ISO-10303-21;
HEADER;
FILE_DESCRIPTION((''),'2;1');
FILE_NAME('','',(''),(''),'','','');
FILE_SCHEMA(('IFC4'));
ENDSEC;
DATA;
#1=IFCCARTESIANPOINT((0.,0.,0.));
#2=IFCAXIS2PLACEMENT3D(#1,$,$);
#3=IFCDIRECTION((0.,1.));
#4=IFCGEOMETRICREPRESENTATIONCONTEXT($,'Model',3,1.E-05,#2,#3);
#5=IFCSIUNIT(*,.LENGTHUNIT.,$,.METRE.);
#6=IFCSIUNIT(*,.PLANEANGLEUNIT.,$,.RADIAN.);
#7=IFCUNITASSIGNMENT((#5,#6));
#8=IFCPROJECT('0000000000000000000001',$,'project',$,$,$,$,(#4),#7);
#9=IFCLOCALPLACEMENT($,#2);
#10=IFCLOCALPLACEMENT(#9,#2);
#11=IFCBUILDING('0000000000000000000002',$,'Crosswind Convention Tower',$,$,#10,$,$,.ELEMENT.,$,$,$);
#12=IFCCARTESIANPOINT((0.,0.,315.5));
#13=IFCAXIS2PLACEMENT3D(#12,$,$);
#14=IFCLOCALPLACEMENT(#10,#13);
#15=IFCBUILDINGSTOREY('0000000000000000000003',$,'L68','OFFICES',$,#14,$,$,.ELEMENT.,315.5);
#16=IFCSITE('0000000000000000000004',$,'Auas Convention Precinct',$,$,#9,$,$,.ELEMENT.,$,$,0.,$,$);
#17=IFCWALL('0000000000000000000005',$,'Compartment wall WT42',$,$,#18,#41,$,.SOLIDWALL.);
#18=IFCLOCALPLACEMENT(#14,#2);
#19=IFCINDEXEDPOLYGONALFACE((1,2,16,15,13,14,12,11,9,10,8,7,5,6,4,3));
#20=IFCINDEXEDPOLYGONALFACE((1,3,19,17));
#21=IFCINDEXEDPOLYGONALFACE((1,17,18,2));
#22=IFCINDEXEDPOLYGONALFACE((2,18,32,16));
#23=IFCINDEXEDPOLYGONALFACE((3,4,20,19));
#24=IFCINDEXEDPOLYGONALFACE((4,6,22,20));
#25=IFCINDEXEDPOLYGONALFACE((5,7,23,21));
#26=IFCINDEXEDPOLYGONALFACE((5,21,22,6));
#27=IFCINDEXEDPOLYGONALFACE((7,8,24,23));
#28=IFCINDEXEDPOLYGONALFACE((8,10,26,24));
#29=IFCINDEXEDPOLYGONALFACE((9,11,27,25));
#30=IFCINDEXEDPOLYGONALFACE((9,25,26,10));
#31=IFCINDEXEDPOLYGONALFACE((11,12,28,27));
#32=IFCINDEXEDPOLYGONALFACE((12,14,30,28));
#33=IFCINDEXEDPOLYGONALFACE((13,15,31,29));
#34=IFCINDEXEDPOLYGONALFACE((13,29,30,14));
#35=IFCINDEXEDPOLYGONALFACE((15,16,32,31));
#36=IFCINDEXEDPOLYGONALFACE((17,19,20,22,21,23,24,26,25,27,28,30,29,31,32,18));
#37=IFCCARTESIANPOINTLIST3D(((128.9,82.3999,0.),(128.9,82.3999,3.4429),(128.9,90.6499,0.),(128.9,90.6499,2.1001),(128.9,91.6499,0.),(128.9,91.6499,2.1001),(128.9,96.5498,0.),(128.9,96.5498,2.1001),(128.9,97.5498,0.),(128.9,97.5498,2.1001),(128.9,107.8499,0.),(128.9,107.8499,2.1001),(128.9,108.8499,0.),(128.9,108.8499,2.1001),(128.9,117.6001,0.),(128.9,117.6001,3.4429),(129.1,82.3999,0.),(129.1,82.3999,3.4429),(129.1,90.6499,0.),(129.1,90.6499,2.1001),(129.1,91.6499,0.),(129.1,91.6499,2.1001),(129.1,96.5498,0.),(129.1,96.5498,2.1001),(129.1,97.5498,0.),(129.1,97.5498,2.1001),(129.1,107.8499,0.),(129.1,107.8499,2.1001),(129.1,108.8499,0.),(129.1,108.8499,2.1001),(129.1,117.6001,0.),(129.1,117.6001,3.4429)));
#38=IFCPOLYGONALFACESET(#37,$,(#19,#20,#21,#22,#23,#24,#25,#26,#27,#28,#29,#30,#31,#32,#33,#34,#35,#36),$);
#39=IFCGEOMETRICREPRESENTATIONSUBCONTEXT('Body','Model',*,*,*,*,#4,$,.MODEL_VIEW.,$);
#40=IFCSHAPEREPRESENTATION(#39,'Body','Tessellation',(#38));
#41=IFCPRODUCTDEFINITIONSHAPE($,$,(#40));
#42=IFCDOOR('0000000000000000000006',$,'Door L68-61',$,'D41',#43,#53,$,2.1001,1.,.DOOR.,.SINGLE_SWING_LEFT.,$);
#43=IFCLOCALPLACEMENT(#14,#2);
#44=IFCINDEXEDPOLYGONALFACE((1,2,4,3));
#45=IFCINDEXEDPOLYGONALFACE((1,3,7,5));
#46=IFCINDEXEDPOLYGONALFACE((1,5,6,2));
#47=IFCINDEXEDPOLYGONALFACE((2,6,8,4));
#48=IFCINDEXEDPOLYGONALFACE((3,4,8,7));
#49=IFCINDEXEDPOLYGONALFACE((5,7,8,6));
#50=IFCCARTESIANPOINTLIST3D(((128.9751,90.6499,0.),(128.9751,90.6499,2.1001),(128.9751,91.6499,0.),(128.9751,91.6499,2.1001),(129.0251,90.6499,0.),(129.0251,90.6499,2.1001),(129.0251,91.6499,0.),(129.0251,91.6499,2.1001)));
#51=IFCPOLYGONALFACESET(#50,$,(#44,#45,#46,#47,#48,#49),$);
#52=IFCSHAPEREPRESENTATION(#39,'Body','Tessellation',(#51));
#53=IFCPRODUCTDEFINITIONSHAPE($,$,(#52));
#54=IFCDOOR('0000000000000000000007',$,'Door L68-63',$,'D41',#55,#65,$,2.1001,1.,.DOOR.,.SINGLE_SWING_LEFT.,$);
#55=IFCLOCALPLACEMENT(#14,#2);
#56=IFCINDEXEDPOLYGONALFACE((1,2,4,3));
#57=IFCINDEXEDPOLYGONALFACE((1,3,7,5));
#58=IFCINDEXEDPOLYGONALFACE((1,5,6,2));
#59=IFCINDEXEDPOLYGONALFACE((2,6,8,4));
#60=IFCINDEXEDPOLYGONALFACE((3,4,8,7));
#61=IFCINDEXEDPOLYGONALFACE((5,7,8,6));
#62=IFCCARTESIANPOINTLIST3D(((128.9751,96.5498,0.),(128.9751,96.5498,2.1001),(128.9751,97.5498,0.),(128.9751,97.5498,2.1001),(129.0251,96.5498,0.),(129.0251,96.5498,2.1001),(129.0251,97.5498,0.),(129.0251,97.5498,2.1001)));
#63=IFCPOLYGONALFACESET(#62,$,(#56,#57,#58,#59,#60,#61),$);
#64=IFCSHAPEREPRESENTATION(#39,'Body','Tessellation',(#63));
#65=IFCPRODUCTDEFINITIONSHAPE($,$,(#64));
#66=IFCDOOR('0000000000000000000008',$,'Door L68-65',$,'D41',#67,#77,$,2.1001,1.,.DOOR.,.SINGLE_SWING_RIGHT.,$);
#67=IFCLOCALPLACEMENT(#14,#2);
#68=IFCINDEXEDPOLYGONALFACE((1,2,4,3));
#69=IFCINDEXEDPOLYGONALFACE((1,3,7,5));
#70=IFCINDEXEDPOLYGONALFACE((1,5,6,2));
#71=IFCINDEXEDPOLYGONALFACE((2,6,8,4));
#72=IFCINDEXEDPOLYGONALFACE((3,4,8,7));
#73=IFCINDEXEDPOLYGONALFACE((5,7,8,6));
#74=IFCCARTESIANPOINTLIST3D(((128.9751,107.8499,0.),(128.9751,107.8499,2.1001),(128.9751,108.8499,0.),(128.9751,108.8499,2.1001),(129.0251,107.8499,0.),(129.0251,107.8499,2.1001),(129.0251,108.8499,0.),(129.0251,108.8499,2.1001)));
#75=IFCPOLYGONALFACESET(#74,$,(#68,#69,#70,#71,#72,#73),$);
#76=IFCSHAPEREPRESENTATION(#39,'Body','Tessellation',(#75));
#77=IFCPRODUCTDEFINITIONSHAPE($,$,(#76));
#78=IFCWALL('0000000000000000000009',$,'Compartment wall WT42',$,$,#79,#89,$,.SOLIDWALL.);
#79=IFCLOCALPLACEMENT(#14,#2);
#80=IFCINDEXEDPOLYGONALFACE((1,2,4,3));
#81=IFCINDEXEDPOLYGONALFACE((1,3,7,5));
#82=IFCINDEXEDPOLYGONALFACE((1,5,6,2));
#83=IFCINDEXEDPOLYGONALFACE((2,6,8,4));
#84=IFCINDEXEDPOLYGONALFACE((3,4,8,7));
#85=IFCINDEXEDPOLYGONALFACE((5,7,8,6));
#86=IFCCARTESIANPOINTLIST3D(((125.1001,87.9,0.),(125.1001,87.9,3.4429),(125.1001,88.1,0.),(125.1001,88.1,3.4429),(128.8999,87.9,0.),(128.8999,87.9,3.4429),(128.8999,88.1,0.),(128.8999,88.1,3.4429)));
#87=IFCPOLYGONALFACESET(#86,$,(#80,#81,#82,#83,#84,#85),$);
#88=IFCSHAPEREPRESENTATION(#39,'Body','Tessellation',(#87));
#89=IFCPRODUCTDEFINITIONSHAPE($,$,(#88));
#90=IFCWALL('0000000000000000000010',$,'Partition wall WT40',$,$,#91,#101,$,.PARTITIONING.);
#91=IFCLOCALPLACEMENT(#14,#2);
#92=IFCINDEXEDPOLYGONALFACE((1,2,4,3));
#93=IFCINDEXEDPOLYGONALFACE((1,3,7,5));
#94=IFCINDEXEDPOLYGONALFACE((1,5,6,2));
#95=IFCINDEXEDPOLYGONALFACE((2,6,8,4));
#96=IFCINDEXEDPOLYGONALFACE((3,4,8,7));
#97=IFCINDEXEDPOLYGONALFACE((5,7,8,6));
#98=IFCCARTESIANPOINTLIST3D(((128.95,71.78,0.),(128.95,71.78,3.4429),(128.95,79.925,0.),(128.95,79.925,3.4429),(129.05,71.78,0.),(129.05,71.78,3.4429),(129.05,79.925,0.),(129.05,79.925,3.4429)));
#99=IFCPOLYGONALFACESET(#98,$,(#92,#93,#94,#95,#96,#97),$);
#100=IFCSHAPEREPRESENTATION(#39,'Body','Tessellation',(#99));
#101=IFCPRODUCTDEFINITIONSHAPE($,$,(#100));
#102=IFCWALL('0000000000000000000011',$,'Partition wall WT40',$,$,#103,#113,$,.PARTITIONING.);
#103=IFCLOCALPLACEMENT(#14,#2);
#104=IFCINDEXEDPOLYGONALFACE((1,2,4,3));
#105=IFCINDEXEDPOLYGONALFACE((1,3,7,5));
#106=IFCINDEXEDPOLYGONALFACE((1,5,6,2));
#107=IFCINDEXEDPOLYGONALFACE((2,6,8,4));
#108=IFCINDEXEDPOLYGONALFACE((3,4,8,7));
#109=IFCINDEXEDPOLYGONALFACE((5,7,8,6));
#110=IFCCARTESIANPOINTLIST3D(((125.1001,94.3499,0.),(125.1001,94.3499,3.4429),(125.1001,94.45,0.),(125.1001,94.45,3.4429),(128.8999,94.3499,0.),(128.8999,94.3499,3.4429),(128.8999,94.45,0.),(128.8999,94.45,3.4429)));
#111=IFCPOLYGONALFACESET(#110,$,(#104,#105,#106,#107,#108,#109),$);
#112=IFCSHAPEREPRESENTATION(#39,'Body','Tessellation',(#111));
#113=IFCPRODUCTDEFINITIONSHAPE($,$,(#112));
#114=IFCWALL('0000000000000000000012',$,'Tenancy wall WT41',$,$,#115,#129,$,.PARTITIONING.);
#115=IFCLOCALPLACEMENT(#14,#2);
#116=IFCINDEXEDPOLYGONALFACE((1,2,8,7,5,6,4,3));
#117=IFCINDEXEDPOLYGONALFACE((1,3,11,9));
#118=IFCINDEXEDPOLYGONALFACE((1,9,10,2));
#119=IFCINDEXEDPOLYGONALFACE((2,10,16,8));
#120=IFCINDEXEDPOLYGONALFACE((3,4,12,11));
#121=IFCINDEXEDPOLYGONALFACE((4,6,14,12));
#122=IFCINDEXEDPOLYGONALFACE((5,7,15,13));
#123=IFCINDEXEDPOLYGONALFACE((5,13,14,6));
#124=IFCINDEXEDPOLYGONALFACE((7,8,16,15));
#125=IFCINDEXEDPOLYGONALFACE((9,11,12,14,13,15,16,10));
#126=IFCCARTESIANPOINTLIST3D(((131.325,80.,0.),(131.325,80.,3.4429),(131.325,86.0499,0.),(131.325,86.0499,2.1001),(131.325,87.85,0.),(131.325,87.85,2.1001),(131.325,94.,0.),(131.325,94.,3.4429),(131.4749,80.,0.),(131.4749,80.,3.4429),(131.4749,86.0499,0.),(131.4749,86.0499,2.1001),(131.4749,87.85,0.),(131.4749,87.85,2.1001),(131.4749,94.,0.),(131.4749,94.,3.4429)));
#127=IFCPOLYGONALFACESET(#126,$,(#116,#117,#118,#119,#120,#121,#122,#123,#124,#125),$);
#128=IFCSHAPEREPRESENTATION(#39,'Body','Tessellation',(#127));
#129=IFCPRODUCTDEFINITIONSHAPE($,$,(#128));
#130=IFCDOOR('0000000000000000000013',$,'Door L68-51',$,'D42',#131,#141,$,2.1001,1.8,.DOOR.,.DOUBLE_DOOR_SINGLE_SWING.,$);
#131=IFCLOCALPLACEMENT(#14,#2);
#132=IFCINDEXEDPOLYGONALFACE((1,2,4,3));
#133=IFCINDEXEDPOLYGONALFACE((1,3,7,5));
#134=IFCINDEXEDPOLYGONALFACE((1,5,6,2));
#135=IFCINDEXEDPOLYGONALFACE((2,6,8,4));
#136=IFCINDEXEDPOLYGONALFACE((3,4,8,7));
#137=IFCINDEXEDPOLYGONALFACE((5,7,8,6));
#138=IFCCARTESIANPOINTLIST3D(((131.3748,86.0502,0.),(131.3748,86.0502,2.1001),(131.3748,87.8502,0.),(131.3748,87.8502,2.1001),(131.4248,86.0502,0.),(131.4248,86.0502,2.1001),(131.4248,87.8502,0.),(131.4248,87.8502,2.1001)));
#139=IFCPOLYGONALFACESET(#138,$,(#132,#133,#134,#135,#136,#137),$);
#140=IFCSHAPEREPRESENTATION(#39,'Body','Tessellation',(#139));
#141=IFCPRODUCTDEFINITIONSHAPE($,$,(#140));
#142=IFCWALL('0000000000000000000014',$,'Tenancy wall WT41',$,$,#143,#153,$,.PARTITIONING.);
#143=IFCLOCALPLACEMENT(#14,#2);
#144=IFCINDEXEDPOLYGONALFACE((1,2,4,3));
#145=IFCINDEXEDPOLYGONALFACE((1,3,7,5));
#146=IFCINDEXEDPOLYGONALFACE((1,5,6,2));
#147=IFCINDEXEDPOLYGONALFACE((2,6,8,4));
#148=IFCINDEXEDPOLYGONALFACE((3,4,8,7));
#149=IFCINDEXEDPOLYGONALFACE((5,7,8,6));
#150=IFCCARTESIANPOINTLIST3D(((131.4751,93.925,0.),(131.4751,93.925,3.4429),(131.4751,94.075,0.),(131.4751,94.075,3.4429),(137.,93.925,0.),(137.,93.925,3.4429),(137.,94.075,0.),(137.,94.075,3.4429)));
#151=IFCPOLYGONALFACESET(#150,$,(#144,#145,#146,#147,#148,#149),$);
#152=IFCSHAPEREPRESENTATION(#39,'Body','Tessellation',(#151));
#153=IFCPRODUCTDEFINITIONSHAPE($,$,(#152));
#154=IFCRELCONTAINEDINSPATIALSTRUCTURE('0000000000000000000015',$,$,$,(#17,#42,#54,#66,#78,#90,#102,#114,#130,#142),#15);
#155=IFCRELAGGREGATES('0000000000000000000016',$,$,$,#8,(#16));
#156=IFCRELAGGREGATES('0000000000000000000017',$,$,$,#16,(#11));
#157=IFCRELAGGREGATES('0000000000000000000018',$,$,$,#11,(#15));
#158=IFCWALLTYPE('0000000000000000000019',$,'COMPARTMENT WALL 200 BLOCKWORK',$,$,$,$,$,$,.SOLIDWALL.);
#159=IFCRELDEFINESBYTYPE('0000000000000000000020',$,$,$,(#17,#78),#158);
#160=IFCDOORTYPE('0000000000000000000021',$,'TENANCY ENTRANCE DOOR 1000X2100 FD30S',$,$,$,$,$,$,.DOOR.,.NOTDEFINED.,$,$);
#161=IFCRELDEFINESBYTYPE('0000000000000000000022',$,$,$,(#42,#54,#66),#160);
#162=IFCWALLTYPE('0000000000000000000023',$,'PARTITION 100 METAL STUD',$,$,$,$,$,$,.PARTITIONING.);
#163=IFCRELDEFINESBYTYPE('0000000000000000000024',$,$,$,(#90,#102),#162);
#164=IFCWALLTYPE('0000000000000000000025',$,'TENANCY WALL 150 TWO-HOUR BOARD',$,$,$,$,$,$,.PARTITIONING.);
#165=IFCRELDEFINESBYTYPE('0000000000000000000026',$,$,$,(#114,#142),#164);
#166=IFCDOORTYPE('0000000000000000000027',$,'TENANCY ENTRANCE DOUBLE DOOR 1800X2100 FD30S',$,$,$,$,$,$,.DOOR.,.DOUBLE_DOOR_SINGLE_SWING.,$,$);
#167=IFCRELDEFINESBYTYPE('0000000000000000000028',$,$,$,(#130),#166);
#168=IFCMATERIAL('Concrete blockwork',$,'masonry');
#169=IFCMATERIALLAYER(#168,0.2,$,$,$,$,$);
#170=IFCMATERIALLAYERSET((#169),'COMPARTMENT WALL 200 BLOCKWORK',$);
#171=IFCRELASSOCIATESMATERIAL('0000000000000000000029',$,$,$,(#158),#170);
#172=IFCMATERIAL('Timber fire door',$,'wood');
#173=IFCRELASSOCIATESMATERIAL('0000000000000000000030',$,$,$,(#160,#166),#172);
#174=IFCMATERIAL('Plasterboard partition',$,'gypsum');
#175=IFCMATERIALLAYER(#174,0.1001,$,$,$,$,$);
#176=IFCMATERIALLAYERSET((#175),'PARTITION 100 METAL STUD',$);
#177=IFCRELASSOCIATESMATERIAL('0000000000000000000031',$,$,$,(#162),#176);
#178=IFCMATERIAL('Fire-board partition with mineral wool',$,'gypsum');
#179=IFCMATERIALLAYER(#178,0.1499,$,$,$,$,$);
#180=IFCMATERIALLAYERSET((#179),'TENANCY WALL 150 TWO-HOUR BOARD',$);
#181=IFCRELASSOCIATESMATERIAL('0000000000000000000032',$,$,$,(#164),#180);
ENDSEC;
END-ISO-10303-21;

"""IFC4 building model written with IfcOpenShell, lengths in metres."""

from ifc_helpers import new_model, si_unit, direction, frame, frame_2d, origin, place, context, subcontext, project, spatial, rectangle, extrude, material, layer, layer_set, type_object, element, fill, save


model = new_model("IFC4")

# Units and contexts
model_context = context("Model", 3, precision=1e-05, world=origin(), true_north=direction((0.0, 1.0)))
body_context = subcontext(model_context, "Body", "Model", "MODEL_VIEW")
ifc_project = project(units=[si_unit("LENGTHUNIT", "METRE"), si_unit("PLANEANGLEUNIT", "RADIAN")], contexts=[model_context])

# Site, building, storey
site_placement = place(None, origin())
site = spatial("IfcSite", under=ifc_project, at=site_placement, Name="Auas Convention Precinct", CompositionType="ELEMENT", RefElevation=0.0)
building_placement = place(site_placement, origin())
building = spatial("IfcBuilding", under=site, at=building_placement, Name="Crosswind Convention Tower", CompositionType="ELEMENT")
storey_placement = place(building_placement, frame((0.0, 0.0, 315.5)))
storey = spatial("IfcBuildingStorey", under=building, at=storey_placement, Name="L68", Description="OFFICES", CompositionType="ELEMENT", Elevation=315.5)

# Shared definitions
ifc_material_1 = material(Name="Concrete blockwork", Category="masonry")
ifc_layer_1 = layer(ifc_material_1, 0.2)
ifc_layer_set_1 = layer_set([ifc_layer_1], Name="COMPARTMENT WALL 200 BLOCKWORK")
wall_type_1 = type_object("IfcWallType", Name="COMPARTMENT WALL 200 BLOCKWORK", PredefinedType="SOLIDWALL", material=ifc_layer_set_1)

# Wall, openings, doors
wall_1_placement = place(storey_placement, frame((129.0, 82.3999, 0.0), z_axis=(0.0, 0.0, 1.0), x_axis=(0.0, 1.0, 0.0)))
wall_1 = element("IfcWall", 1, at=wall_1_placement, inside=storey, type_object=wall_type_1, Name="Compartment wall WT42", PredefinedType="SOLIDWALL", context=body_context, shape_type="SweptSolid", body=[
    extrude(rectangle(XDim=35.2002, YDim=0.2, at=frame_2d((17.6001, 0.0))), origin(), (0.0, 0.0, 1.0), 3.4429),
])
opening_1_placement = place(wall_1_placement, frame((8.25, 0.0, 0.0)))
opening_1 = element("IfcOpeningElement", 2, at=opening_1_placement, cuts=wall_1, PredefinedType="OPENING", context=body_context, shape_type="SweptSolid", body=[
    extrude(rectangle(XDim=1.0, YDim=2.1001, at=frame_2d((0.5, 1.05))), frame((0.0, 0.1099, 0.0), z_axis=(0.0, -1.0, 0.0), x_axis=(1.0, 0.0, 0.0)), (0.0, 0.0, 1.0), 0.22),
])
opening_2_placement = place(wall_1_placement, frame((14.1499, 0.0, 0.0)))
opening_2 = element("IfcOpeningElement", 3, at=opening_2_placement, cuts=wall_1, PredefinedType="OPENING", context=body_context, shape_type="SweptSolid", body=[
    extrude(rectangle(XDim=1.0, YDim=2.1001, at=frame_2d((0.5, 1.05))), frame((0.0, 0.1099, 0.0), z_axis=(0.0, -1.0, 0.0), x_axis=(1.0, 0.0, 0.0)), (0.0, 0.0, 1.0), 0.22),
])
opening_3_placement = place(wall_1_placement, frame((25.45, 0.0, 0.0)))
opening_3 = element("IfcOpeningElement", 4, at=opening_3_placement, cuts=wall_1, PredefinedType="OPENING", context=body_context, shape_type="SweptSolid", body=[
    extrude(rectangle(XDim=1.0, YDim=2.1001, at=frame_2d((0.5, 1.05))), frame((0.0, 0.1099, 0.0), z_axis=(0.0, -1.0, 0.0), x_axis=(1.0, 0.0, 0.0)), (0.0, 0.0, 1.0), 0.22),
])
ifc_material_2 = material(Name="Timber fire door", Category="wood")
door_type_1 = type_object("IfcDoorType", Name="TENANCY ENTRANCE DOOR 1000X2100 FD30S", OperationType="NOTDEFINED", PredefinedType="DOOR", material=ifc_material_2)
door_1_placement = place(opening_1_placement, origin())
door_1 = element("IfcDoor", 5, at=door_1_placement, inside=storey, type_object=door_type_1, Name="Door L68-61", ObjectType="D41", OperationType="SINGLE_SWING_LEFT", OverallHeight=2.1001, OverallWidth=1.0, PredefinedType="DOOR", context=body_context, shape_type="SweptSolid", body=[
    extrude(rectangle(XDim=1.0, YDim=2.1001, at=frame_2d((0.5, 1.05))), frame((0.0, 0.0249, 0.0), z_axis=(0.0, -1.0, 0.0), x_axis=(1.0, 0.0, 0.0)), (0.0, 0.0, 1.0), 0.05),
])
fill(opening_1, door_1)
door_2_placement = place(opening_2_placement, origin())
door_2 = element("IfcDoor", 6, at=door_2_placement, inside=storey, type_object=door_type_1, Name="Door L68-63", ObjectType="D41", OperationType="SINGLE_SWING_LEFT", OverallHeight=2.1001, OverallWidth=1.0, PredefinedType="DOOR", context=body_context, shape_type="SweptSolid", body=[
    extrude(rectangle(XDim=1.0, YDim=2.1001, at=frame_2d((0.5, 1.05))), frame((0.0, 0.0249, 0.0), z_axis=(0.0, -1.0, 0.0), x_axis=(1.0, 0.0, 0.0)), (0.0, 0.0, 1.0), 0.05),
])
fill(opening_2, door_2)
door_3_placement = place(opening_3_placement, origin())
door_3 = element("IfcDoor", 7, at=door_3_placement, inside=storey, type_object=door_type_1, Name="Door L68-65", ObjectType="D41", OperationType="SINGLE_SWING_RIGHT", OverallHeight=2.1001, OverallWidth=1.0, PredefinedType="DOOR", context=body_context, shape_type="SweptSolid", body=[
    extrude(rectangle(XDim=1.0, YDim=2.1001, at=frame_2d((0.5, 1.05))), frame((0.0, 0.0249, 0.0), z_axis=(0.0, -1.0, 0.0), x_axis=(1.0, 0.0, 0.0)), (0.0, 0.0, 1.0), 0.05),
])
fill(opening_3, door_3)

# Walls
wall_2_placement = place(storey_placement, frame((125.1001, 88.0, 0.0), z_axis=(0.0, 0.0, 1.0), x_axis=(1.0, 0.0, 0.0)))
element("IfcWall", 8, at=wall_2_placement, inside=storey, type_object=wall_type_1, Name="Compartment wall WT42", PredefinedType="SOLIDWALL", context=body_context, shape_type="SweptSolid", body=[
    extrude(rectangle(XDim=3.7998, YDim=0.2, at=frame_2d((1.8999, 0.0))), origin(), (0.0, 0.0, 1.0), 3.4429),
])
ifc_material_3 = material(Name="Plasterboard partition", Category="gypsum")
ifc_layer_2 = layer(ifc_material_3, 0.1001)
ifc_layer_set_2 = layer_set([ifc_layer_2], Name="PARTITION 100 METAL STUD")
wall_type_2 = type_object("IfcWallType", Name="PARTITION 100 METAL STUD", PredefinedType="PARTITIONING", material=ifc_layer_set_2)
wall_3_placement = place(storey_placement, frame((129.0, 71.78, 0.0), z_axis=(0.0, 0.0, 1.0), x_axis=(0.0, 1.0, 0.0)))
element("IfcWall", 9, at=wall_3_placement, inside=storey, type_object=wall_type_2, Name="Partition wall WT40", PredefinedType="PARTITIONING", context=body_context, shape_type="SweptSolid", body=[
    extrude(rectangle(XDim=8.145, YDim=0.1001, at=frame_2d((4.0725, 0.0))), origin(), (0.0, 0.0, 1.0), 3.4429),
])
wall_4_placement = place(storey_placement, frame((125.1001, 94.3999, 0.0), z_axis=(0.0, 0.0, 1.0), x_axis=(1.0, 0.0, 0.0)))
element("IfcWall", 10, at=wall_4_placement, inside=storey, type_object=wall_type_2, Name="Partition wall WT40", PredefinedType="PARTITIONING", context=body_context, shape_type="SweptSolid", body=[
    extrude(rectangle(XDim=3.7998, YDim=0.1001, at=frame_2d((1.8999, 0.0))), origin(), (0.0, 0.0, 1.0), 3.4429),
])

# Wall, opening, door
ifc_material_4 = material(Name="Fire-board partition with mineral wool", Category="gypsum")
ifc_layer_3 = layer(ifc_material_4, 0.1499)
ifc_layer_set_3 = layer_set([ifc_layer_3], Name="TENANCY WALL 150 TWO-HOUR BOARD")
wall_type_3 = type_object("IfcWallType", Name="TENANCY WALL 150 TWO-HOUR BOARD", PredefinedType="PARTITIONING", material=ifc_layer_set_3)
wall_5_placement = place(storey_placement, frame((131.3999, 80.0, 0.0), z_axis=(0.0, 0.0, 1.0), x_axis=(0.0, 1.0, 0.0)))
wall_5 = element("IfcWall", 11, at=wall_5_placement, inside=storey, type_object=wall_type_3, Name="Tenancy wall WT41", PredefinedType="PARTITIONING", context=body_context, shape_type="SweptSolid", body=[
    extrude(rectangle(XDim=14.0, YDim=0.1499, at=frame_2d((7.0, 0.0))), origin(), (0.0, 0.0, 1.0), 3.4429),
])
opening_4_placement = place(wall_5_placement, frame((6.05, 0.0, 0.0)))
opening_4 = element("IfcOpeningElement", 12, at=opening_4_placement, cuts=wall_5, PredefinedType="OPENING", context=body_context, shape_type="SweptSolid", body=[
    extrude(rectangle(XDim=1.8, YDim=2.1001, at=frame_2d((0.8999, 1.05))), frame((0.0, 0.085, 0.0), z_axis=(0.0, -1.0, 0.0), x_axis=(1.0, 0.0, 0.0)), (0.0, 0.0, 1.0), 0.1699),
])
door_type_2 = type_object("IfcDoorType", Name="TENANCY ENTRANCE DOUBLE DOOR 1800X2100 FD30S", OperationType="DOUBLE_DOOR_SINGLE_SWING", PredefinedType="DOOR", material=ifc_material_2)
door_4_placement = place(opening_4_placement, frame((1.8, 0.0, 0.0), z_axis=(0.0, 0.0, 1.0), x_axis=(-1.0, 0.0, 0.0)))
door_4 = element("IfcDoor", 13, at=door_4_placement, inside=storey, type_object=door_type_2, Name="Door L68-51", ObjectType="D42", OperationType="DOUBLE_DOOR_SINGLE_SWING", OverallHeight=2.1001, OverallWidth=1.8, PredefinedType="DOOR", context=body_context, shape_type="SweptSolid", body=[
    extrude(rectangle(XDim=1.8, YDim=2.1001, at=frame_2d((0.8999, 1.05))), frame((0.0, 0.0249, 0.0), z_axis=(0.0, -1.0, 0.0), x_axis=(1.0, 0.0, 0.0)), (0.0, 0.0, 1.0), 0.05),
])
fill(opening_4, door_4)

# Wall
wall_6_placement = place(storey_placement, frame((131.4751, 94.0, 0.0), z_axis=(0.0, 0.0, 1.0), x_axis=(1.0, 0.0, 0.0)))
element("IfcWall", 14, at=wall_6_placement, inside=storey, type_object=wall_type_3, Name="Tenancy wall WT41", PredefinedType="PARTITIONING", context=body_context, shape_type="SweptSolid", body=[
    extrude(rectangle(XDim=5.5249, YDim=0.1499, at=frame_2d((2.7625, 0.0))), origin(), (0.0, 0.0, 1.0), 3.4429),
])

save(model, "model.ifc")
